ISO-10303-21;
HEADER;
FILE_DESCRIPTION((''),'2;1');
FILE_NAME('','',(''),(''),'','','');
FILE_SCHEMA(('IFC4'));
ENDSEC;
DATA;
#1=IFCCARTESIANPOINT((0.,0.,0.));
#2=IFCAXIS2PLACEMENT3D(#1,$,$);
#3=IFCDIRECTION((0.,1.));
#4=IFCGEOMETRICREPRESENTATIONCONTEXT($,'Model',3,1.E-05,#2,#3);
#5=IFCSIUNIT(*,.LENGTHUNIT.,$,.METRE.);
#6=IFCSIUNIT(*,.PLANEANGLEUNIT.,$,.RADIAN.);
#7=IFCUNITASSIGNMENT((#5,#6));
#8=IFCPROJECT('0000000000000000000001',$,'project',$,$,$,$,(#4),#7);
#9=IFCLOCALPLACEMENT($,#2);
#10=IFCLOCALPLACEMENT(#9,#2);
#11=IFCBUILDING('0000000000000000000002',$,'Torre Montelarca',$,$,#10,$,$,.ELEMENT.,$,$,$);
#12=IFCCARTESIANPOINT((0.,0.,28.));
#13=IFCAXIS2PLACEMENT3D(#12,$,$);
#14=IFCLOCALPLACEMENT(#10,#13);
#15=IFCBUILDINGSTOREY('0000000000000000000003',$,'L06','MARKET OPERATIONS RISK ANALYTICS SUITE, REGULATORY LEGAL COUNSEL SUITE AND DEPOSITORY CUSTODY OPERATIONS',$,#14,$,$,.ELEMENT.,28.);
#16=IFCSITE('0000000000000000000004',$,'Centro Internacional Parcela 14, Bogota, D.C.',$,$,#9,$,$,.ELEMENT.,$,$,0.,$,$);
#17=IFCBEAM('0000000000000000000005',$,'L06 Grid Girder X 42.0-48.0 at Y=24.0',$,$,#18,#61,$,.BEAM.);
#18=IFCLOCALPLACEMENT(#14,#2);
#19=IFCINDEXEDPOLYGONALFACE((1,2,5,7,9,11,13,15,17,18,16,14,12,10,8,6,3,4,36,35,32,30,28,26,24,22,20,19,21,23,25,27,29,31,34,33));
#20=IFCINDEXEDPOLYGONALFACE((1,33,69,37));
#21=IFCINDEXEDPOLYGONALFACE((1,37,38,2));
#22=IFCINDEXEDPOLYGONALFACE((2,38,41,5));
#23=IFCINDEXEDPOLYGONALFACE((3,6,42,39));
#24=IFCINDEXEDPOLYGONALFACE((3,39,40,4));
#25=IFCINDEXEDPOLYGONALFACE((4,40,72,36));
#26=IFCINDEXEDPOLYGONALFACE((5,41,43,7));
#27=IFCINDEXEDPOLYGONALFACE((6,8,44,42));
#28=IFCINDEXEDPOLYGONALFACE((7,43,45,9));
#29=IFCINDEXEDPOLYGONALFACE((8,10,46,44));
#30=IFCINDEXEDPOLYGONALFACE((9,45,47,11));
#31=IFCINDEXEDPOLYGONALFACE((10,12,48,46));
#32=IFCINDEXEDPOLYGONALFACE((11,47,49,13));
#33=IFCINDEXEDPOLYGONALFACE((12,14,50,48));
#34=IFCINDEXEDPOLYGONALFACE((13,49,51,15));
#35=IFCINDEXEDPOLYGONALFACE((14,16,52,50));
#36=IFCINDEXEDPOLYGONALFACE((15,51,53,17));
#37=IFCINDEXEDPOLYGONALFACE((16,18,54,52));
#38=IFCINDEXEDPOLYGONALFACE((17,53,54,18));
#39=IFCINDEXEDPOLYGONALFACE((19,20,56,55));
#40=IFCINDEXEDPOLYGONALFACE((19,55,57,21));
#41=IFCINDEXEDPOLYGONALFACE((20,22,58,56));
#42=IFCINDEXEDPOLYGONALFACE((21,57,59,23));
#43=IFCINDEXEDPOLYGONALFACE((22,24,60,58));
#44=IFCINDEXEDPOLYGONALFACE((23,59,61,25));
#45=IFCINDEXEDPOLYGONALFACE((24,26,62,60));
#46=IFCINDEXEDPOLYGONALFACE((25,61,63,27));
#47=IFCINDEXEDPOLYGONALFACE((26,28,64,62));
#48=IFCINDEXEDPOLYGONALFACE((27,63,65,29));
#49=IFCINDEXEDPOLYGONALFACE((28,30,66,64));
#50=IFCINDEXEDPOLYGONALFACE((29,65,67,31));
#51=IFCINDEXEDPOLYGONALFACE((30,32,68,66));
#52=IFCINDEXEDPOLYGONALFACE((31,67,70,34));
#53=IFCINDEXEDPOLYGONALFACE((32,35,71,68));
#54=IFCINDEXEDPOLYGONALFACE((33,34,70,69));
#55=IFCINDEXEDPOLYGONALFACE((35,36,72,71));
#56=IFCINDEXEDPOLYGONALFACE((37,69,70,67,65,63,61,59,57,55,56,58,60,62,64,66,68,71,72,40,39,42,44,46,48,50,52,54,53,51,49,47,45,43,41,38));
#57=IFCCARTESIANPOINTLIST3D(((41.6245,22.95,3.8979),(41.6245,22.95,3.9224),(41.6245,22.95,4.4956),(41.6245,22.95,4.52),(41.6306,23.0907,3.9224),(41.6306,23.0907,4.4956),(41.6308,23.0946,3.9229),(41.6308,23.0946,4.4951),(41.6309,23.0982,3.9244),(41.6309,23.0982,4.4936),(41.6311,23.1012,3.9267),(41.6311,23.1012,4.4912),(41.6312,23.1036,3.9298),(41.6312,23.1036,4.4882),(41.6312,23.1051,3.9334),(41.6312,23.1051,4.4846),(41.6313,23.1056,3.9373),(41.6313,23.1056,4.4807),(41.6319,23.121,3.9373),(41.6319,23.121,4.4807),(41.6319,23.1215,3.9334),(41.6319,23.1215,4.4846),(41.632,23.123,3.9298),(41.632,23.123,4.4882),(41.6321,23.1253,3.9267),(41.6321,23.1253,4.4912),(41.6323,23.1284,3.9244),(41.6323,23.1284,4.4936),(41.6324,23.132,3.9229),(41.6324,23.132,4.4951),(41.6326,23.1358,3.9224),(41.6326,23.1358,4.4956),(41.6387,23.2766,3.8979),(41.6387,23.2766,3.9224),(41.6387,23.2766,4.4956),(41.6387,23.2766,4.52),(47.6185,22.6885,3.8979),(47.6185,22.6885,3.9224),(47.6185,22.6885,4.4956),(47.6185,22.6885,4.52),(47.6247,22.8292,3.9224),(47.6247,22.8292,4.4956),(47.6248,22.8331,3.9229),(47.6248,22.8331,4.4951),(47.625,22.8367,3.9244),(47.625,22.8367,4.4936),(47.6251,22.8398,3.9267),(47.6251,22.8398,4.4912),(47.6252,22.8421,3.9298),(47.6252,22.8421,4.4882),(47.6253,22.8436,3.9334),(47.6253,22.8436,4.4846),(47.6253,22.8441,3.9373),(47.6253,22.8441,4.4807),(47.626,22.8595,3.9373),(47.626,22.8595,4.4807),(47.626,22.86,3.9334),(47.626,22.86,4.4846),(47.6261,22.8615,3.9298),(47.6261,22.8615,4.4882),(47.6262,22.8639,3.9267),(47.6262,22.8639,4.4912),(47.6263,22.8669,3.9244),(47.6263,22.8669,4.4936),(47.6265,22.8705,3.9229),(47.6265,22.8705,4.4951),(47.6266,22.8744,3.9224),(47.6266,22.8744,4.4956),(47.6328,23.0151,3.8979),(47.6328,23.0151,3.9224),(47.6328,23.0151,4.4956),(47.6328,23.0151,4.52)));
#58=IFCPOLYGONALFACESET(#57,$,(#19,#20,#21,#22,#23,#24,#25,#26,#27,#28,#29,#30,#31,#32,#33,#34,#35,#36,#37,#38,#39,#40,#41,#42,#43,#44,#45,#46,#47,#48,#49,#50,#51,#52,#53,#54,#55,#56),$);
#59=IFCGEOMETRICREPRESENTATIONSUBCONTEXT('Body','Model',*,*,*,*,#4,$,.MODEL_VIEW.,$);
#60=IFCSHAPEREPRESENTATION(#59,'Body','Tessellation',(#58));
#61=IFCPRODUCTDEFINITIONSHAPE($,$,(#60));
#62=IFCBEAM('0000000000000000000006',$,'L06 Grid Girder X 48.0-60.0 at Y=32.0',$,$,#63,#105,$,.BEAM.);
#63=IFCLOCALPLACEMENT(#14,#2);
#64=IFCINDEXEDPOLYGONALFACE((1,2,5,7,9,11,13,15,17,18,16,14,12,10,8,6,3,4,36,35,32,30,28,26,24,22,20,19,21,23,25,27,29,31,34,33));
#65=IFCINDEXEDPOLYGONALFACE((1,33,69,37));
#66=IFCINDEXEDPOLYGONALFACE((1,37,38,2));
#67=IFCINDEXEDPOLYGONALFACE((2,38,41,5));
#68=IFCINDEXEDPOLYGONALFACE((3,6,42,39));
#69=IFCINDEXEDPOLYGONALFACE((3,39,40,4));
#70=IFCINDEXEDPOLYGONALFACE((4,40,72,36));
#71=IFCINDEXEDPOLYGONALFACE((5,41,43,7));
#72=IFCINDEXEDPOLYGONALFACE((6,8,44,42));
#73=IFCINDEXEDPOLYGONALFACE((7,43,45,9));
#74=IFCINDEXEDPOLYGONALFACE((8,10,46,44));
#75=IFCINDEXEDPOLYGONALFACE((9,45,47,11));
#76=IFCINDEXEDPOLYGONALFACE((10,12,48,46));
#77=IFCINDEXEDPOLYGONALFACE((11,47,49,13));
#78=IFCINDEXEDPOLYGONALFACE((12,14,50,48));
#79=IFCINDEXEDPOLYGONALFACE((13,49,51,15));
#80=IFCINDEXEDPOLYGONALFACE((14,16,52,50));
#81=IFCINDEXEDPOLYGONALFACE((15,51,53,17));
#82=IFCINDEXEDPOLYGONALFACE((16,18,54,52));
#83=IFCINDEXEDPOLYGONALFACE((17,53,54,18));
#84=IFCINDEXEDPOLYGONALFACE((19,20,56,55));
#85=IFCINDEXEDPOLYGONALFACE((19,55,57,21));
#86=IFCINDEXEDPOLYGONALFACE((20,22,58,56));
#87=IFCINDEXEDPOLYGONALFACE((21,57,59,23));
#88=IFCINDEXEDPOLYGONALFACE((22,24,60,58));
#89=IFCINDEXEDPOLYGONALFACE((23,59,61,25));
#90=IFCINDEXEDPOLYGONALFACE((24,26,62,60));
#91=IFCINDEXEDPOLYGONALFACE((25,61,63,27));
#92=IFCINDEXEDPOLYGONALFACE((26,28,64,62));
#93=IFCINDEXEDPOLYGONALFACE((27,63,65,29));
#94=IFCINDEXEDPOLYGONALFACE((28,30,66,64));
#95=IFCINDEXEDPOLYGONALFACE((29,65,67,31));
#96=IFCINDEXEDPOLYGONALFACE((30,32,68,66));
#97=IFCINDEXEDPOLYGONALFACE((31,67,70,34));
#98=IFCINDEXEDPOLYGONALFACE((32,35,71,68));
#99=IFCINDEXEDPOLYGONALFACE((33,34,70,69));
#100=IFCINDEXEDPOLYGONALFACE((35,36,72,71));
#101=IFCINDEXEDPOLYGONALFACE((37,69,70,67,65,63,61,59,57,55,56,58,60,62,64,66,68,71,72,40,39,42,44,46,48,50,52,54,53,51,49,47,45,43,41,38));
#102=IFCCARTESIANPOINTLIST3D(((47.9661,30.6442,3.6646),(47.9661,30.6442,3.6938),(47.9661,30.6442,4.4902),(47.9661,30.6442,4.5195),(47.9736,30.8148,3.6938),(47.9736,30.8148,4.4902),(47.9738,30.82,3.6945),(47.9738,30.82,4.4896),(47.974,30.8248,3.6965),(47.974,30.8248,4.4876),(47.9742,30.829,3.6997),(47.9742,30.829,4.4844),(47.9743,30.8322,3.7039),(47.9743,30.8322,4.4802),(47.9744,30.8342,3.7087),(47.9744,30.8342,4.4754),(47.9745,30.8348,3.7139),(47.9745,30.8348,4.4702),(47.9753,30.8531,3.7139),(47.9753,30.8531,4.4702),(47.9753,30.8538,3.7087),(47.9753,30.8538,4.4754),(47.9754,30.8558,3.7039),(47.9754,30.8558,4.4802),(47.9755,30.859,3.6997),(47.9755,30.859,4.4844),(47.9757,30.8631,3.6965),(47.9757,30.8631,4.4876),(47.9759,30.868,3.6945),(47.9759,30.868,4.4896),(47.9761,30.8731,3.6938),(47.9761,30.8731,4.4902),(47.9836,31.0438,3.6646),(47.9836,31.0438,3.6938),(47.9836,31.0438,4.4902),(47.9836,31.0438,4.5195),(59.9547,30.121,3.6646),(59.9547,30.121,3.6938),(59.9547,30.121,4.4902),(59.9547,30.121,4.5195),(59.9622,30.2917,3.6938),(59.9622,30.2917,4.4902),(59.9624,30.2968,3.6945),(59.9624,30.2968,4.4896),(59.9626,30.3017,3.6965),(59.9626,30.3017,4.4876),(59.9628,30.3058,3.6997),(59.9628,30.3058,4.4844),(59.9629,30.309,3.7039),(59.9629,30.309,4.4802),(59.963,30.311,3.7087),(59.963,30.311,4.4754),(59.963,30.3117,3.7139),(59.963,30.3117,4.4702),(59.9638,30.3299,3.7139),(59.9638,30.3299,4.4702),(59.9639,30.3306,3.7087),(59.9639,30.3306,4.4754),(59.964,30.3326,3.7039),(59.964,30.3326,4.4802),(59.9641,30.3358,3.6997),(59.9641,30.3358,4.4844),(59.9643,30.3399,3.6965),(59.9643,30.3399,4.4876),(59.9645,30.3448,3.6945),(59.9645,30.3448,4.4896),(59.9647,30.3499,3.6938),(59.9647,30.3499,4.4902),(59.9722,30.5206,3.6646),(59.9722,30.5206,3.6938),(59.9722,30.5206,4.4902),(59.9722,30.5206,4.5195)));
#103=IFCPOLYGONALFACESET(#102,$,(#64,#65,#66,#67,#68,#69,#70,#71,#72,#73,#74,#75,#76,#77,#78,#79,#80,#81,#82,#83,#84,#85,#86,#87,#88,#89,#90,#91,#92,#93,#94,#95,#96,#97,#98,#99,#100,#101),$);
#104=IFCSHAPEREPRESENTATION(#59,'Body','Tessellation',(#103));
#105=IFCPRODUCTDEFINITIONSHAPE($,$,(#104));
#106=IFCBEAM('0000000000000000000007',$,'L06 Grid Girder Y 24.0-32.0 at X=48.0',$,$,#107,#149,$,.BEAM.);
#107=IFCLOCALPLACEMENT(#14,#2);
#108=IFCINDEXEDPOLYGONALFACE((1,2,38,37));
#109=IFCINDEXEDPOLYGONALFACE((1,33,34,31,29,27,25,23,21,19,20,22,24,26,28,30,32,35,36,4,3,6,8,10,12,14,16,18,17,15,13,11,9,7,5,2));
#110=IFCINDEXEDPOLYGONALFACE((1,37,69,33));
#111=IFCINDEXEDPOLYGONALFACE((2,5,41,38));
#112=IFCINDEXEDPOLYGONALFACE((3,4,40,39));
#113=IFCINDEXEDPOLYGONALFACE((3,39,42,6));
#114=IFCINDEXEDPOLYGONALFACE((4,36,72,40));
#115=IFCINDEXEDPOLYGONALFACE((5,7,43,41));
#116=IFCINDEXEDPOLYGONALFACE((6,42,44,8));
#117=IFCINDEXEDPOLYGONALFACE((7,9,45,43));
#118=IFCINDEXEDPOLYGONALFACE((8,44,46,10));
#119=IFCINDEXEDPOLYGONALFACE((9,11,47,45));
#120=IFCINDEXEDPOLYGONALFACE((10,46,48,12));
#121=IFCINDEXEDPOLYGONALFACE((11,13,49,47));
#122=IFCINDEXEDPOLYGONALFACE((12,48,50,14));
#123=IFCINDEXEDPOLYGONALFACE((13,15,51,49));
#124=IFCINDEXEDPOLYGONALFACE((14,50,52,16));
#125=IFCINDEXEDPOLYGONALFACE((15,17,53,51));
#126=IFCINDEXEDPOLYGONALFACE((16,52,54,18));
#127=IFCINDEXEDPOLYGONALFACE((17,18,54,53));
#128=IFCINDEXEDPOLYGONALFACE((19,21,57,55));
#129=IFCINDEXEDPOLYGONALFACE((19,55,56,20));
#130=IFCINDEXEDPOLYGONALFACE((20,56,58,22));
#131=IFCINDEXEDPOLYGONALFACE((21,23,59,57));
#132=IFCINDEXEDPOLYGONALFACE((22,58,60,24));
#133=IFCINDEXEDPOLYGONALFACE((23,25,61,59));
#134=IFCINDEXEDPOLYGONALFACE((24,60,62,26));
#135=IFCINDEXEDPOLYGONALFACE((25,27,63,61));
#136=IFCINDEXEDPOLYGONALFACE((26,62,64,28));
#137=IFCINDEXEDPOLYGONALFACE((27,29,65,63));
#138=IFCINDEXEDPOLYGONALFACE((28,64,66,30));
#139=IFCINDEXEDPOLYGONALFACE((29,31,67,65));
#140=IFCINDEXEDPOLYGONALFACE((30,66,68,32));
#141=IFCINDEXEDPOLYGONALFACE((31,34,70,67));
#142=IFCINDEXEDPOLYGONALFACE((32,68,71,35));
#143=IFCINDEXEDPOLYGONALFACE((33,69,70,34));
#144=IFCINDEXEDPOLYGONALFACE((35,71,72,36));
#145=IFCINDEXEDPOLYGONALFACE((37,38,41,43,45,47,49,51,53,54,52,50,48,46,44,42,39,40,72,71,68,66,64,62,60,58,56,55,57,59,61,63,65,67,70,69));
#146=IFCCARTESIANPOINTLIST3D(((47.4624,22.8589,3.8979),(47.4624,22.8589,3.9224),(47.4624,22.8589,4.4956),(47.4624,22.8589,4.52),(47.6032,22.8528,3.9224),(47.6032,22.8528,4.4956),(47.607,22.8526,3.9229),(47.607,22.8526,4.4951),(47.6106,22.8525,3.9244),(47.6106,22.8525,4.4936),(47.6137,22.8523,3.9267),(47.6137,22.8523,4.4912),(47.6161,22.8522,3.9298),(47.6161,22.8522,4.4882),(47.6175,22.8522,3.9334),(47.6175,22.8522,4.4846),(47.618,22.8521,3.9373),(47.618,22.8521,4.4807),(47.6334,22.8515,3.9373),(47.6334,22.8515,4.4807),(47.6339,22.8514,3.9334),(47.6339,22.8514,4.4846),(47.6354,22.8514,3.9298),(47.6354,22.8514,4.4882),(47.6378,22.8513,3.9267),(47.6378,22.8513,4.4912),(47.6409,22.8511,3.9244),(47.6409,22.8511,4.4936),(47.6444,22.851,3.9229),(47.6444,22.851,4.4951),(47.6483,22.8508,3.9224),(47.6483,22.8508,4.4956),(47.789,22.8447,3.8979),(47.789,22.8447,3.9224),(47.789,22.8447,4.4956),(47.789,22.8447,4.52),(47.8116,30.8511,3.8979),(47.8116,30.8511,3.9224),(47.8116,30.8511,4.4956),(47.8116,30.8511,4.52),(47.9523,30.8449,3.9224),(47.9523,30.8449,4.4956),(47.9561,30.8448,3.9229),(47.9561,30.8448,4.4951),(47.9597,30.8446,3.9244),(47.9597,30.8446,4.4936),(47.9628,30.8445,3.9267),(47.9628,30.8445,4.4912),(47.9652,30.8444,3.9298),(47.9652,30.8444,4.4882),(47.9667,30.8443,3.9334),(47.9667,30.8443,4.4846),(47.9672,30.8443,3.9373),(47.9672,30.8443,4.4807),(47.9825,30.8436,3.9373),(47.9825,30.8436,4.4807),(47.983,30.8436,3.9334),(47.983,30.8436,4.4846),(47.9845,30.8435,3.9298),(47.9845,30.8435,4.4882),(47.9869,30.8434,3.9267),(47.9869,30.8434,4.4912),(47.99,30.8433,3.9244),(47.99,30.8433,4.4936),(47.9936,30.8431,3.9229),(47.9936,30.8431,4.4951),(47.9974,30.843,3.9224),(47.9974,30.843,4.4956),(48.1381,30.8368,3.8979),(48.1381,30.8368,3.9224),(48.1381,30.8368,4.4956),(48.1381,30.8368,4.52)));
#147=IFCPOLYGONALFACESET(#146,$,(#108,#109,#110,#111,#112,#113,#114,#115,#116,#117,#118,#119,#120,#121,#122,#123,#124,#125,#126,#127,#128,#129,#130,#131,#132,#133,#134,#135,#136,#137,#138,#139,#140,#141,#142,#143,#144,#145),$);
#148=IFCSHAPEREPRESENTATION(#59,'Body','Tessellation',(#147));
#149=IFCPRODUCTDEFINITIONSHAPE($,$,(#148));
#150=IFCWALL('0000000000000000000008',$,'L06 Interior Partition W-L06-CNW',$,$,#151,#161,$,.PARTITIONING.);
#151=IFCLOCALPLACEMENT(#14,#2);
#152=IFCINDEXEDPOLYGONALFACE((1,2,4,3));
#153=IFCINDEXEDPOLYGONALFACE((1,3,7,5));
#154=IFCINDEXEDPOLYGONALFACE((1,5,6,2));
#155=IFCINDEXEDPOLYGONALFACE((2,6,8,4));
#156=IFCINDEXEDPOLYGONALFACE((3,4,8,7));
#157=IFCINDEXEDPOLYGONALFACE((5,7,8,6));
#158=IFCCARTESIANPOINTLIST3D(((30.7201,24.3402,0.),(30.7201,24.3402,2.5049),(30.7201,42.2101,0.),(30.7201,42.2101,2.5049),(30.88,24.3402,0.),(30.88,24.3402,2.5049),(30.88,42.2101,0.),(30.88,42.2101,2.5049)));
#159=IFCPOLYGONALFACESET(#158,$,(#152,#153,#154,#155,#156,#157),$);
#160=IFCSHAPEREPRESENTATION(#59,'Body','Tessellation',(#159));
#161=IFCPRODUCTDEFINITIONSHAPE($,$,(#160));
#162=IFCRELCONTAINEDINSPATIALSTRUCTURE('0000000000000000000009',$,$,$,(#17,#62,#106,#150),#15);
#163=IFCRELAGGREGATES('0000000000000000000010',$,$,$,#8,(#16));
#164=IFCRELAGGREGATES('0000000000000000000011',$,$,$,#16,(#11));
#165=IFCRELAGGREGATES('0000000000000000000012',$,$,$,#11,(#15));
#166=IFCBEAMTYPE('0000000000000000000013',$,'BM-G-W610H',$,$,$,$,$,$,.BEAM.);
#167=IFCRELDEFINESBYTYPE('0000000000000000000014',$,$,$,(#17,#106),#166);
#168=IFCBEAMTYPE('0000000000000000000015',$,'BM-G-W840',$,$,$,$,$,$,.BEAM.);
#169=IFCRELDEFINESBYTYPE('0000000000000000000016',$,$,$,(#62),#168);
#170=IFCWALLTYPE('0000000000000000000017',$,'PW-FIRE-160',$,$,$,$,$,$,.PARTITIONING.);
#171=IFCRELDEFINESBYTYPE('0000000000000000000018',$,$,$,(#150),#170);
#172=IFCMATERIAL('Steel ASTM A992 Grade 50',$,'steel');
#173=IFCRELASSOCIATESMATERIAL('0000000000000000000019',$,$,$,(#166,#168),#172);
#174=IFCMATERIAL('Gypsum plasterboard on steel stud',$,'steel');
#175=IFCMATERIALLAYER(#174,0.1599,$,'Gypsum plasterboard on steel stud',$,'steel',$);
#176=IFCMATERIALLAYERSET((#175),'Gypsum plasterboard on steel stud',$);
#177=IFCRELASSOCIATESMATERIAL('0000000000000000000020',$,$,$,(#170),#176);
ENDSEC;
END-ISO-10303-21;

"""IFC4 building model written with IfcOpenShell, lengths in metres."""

from ifc_helpers import new_model, si_unit, direction, frame, frame_2d, origin, origin_2d, place, context, subcontext, project, spatial, rectangle, i_section, extrude, source, transform, mapped, material, layer, layer_set, material_profile, profile_set, type_object, element, save


model = new_model("IFC4")

# Units and contexts
model_context = context("Model", 3, precision=1e-05, world=origin(), true_north=direction((0.0, 1.0)))
body_context = subcontext(model_context, "Body", "Model", "MODEL_VIEW")
ifc_project = project(units=[si_unit("LENGTHUNIT", "METRE"), si_unit("PLANEANGLEUNIT", "RADIAN")], contexts=[model_context])

# Site, building, storey
site_placement = place(None, origin())
site = spatial("IfcSite", under=ifc_project, at=site_placement, Name="Centro Internacional Parcela 14, Bogota, D.C.", CompositionType="ELEMENT", RefElevation=0.0)
building_placement = place(site_placement, origin())
building = spatial("IfcBuilding", under=site, at=building_placement, Name="Torre Montelarca", CompositionType="ELEMENT")
storey_placement = place(building_placement, frame((0.0, 0.0, 28.0)))
storey = spatial("IfcBuildingStorey", under=building, at=storey_placement, Name="L06", Description="MARKET OPERATIONS RISK ANALYTICS SUITE, REGULATORY LEGAL COUNSEL SUITE AND DEPOSITORY CUSTODY OPERATIONS", CompositionType="ELEMENT", Elevation=28.0)

# Beams
ifc_material_1 = material(Name="Steel ASTM A992 Grade 50", Category="steel")
ifc_material_profile_1 = material_profile(ifc_material_1, i_section(OverallWidth=0.3269, OverallDepth=0.6221, WebThickness=0.0154, FlangeThickness=0.0244, FilletRadius=0.0149, at=origin_2d()), Name="W610X195", Category="steel")
ifc_profile_set_1 = profile_set([ifc_material_profile_1], Name="Steel ASTM A992 Grade 50")
beam_type_1 = type_object("IfcBeamType", Name="BM-G-W610H", PredefinedType="BEAM", material=ifc_profile_set_1)
shared_shape_1 = source(origin(), body_context, "Body", "SweptSolid", [
    extrude(i_section(OverallWidth=0.3269, OverallDepth=0.6221, WebThickness=0.0154, FlangeThickness=0.0244, FilletRadius=0.0149, at=origin_2d()), origin(), (0.0, 0.0, 1.0), 5.9998),
])
beam_1_placement = place(storey_placement, frame((41.6316, 23.1133, 4.209), z_axis=(0.99905, -0.04358, 0.0), x_axis=(0.04358, 0.99905, 0.0)))
element("IfcBeam", 1, at=beam_1_placement, inside=storey, type_object=beam_type_1, Name="L06 Grid Girder X 42.0-48.0 at Y=24.0", PredefinedType="BEAM", context=body_context, shape_type="MappedRepresentation", body=[
    mapped(shared_shape_1, transform((0.0, 0.0, 0.0), scale=1.0)),
])
ifc_material_profile_2 = material_profile(ifc_material_1, i_section(OverallWidth=0.3999, OverallDepth=0.855, WebThickness=0.0183, FlangeThickness=0.0293, FilletRadius=0.02, at=origin_2d()), Name="W840X299", Category="steel")
ifc_profile_set_2 = profile_set([ifc_material_profile_2], Name="Steel ASTM A992 Grade 50")
beam_type_2 = type_object("IfcBeamType", Name="BM-G-W840", PredefinedType="BEAM", material=ifc_profile_set_2)
shared_shape_2 = source(origin(), body_context, "Body", "SweptSolid", [
    extrude(i_section(OverallWidth=0.3999, OverallDepth=0.855, WebThickness=0.0183, FlangeThickness=0.0293, FilletRadius=0.02, at=origin_2d()), origin(), (0.0, 0.0, 1.0), 12.0),
])
beam_2_placement = place(storey_placement, frame((47.9749, 30.844, 4.092), z_axis=(0.999049, -0.0436, 0.0), x_axis=(0.0436, 0.999049, 0.0)))
element("IfcBeam", 2, at=beam_2_placement, inside=storey, type_object=beam_type_2, Name="L06 Grid Girder X 48.0-60.0 at Y=32.0", PredefinedType="BEAM", context=body_context, shape_type="MappedRepresentation", body=[
    mapped(shared_shape_2, transform((0.0, 0.0, 0.0), scale=1.0)),
])
shared_shape_3 = source(origin(), body_context, "Body", "SweptSolid", [
    extrude(i_section(OverallWidth=0.3269, OverallDepth=0.6221, WebThickness=0.0154, FlangeThickness=0.0244, FilletRadius=0.0149, at=origin_2d()), origin(), (0.0, 0.0, 1.0), 7.9998),
])
beam_3_placement = place(storey_placement, frame((47.6257, 22.8518, 4.209), z_axis=(0.043641, 0.999047, 0.0), x_axis=(-0.999047, 0.043641, 0.0)))
element("IfcBeam", 3, at=beam_3_placement, inside=storey, type_object=beam_type_1, Name="L06 Grid Girder Y 24.0-32.0 at X=48.0", PredefinedType="BEAM", context=body_context, shape_type="MappedRepresentation", body=[
    mapped(shared_shape_3, transform((0.0, 0.0, 0.0), scale=1.0)),
])

# Wall
ifc_material_2 = material(Name="Gypsum plasterboard on steel stud", Category="steel")
ifc_layer_1 = layer(ifc_material_2, 0.1599, Name="Gypsum plasterboard on steel stud", Category="steel")
ifc_layer_set_1 = layer_set([ifc_layer_1], Name="Gypsum plasterboard on steel stud")
wall_type = type_object("IfcWallType", Name="PW-FIRE-160", PredefinedType="PARTITIONING", material=ifc_layer_set_1)
wall_1_placement = place(storey_placement, frame((30.8, 24.3401, 0.0), z_axis=(0.0, 0.0, 1.0), x_axis=(0.0, 1.0, 0.0)))
element("IfcWall", 4, at=wall_1_placement, inside=storey, type_object=wall_type, Name="L06 Interior Partition W-L06-CNW", PredefinedType="PARTITIONING", context=body_context, shape_type="SweptSolid", body=[
    extrude(rectangle(XDim=17.8699, YDim=0.1599, at=frame_2d((8.9351, 0.0))), origin(), (0.0, 0.0, 1.0), 2.5049),
])

save(model, "model.ifc")
